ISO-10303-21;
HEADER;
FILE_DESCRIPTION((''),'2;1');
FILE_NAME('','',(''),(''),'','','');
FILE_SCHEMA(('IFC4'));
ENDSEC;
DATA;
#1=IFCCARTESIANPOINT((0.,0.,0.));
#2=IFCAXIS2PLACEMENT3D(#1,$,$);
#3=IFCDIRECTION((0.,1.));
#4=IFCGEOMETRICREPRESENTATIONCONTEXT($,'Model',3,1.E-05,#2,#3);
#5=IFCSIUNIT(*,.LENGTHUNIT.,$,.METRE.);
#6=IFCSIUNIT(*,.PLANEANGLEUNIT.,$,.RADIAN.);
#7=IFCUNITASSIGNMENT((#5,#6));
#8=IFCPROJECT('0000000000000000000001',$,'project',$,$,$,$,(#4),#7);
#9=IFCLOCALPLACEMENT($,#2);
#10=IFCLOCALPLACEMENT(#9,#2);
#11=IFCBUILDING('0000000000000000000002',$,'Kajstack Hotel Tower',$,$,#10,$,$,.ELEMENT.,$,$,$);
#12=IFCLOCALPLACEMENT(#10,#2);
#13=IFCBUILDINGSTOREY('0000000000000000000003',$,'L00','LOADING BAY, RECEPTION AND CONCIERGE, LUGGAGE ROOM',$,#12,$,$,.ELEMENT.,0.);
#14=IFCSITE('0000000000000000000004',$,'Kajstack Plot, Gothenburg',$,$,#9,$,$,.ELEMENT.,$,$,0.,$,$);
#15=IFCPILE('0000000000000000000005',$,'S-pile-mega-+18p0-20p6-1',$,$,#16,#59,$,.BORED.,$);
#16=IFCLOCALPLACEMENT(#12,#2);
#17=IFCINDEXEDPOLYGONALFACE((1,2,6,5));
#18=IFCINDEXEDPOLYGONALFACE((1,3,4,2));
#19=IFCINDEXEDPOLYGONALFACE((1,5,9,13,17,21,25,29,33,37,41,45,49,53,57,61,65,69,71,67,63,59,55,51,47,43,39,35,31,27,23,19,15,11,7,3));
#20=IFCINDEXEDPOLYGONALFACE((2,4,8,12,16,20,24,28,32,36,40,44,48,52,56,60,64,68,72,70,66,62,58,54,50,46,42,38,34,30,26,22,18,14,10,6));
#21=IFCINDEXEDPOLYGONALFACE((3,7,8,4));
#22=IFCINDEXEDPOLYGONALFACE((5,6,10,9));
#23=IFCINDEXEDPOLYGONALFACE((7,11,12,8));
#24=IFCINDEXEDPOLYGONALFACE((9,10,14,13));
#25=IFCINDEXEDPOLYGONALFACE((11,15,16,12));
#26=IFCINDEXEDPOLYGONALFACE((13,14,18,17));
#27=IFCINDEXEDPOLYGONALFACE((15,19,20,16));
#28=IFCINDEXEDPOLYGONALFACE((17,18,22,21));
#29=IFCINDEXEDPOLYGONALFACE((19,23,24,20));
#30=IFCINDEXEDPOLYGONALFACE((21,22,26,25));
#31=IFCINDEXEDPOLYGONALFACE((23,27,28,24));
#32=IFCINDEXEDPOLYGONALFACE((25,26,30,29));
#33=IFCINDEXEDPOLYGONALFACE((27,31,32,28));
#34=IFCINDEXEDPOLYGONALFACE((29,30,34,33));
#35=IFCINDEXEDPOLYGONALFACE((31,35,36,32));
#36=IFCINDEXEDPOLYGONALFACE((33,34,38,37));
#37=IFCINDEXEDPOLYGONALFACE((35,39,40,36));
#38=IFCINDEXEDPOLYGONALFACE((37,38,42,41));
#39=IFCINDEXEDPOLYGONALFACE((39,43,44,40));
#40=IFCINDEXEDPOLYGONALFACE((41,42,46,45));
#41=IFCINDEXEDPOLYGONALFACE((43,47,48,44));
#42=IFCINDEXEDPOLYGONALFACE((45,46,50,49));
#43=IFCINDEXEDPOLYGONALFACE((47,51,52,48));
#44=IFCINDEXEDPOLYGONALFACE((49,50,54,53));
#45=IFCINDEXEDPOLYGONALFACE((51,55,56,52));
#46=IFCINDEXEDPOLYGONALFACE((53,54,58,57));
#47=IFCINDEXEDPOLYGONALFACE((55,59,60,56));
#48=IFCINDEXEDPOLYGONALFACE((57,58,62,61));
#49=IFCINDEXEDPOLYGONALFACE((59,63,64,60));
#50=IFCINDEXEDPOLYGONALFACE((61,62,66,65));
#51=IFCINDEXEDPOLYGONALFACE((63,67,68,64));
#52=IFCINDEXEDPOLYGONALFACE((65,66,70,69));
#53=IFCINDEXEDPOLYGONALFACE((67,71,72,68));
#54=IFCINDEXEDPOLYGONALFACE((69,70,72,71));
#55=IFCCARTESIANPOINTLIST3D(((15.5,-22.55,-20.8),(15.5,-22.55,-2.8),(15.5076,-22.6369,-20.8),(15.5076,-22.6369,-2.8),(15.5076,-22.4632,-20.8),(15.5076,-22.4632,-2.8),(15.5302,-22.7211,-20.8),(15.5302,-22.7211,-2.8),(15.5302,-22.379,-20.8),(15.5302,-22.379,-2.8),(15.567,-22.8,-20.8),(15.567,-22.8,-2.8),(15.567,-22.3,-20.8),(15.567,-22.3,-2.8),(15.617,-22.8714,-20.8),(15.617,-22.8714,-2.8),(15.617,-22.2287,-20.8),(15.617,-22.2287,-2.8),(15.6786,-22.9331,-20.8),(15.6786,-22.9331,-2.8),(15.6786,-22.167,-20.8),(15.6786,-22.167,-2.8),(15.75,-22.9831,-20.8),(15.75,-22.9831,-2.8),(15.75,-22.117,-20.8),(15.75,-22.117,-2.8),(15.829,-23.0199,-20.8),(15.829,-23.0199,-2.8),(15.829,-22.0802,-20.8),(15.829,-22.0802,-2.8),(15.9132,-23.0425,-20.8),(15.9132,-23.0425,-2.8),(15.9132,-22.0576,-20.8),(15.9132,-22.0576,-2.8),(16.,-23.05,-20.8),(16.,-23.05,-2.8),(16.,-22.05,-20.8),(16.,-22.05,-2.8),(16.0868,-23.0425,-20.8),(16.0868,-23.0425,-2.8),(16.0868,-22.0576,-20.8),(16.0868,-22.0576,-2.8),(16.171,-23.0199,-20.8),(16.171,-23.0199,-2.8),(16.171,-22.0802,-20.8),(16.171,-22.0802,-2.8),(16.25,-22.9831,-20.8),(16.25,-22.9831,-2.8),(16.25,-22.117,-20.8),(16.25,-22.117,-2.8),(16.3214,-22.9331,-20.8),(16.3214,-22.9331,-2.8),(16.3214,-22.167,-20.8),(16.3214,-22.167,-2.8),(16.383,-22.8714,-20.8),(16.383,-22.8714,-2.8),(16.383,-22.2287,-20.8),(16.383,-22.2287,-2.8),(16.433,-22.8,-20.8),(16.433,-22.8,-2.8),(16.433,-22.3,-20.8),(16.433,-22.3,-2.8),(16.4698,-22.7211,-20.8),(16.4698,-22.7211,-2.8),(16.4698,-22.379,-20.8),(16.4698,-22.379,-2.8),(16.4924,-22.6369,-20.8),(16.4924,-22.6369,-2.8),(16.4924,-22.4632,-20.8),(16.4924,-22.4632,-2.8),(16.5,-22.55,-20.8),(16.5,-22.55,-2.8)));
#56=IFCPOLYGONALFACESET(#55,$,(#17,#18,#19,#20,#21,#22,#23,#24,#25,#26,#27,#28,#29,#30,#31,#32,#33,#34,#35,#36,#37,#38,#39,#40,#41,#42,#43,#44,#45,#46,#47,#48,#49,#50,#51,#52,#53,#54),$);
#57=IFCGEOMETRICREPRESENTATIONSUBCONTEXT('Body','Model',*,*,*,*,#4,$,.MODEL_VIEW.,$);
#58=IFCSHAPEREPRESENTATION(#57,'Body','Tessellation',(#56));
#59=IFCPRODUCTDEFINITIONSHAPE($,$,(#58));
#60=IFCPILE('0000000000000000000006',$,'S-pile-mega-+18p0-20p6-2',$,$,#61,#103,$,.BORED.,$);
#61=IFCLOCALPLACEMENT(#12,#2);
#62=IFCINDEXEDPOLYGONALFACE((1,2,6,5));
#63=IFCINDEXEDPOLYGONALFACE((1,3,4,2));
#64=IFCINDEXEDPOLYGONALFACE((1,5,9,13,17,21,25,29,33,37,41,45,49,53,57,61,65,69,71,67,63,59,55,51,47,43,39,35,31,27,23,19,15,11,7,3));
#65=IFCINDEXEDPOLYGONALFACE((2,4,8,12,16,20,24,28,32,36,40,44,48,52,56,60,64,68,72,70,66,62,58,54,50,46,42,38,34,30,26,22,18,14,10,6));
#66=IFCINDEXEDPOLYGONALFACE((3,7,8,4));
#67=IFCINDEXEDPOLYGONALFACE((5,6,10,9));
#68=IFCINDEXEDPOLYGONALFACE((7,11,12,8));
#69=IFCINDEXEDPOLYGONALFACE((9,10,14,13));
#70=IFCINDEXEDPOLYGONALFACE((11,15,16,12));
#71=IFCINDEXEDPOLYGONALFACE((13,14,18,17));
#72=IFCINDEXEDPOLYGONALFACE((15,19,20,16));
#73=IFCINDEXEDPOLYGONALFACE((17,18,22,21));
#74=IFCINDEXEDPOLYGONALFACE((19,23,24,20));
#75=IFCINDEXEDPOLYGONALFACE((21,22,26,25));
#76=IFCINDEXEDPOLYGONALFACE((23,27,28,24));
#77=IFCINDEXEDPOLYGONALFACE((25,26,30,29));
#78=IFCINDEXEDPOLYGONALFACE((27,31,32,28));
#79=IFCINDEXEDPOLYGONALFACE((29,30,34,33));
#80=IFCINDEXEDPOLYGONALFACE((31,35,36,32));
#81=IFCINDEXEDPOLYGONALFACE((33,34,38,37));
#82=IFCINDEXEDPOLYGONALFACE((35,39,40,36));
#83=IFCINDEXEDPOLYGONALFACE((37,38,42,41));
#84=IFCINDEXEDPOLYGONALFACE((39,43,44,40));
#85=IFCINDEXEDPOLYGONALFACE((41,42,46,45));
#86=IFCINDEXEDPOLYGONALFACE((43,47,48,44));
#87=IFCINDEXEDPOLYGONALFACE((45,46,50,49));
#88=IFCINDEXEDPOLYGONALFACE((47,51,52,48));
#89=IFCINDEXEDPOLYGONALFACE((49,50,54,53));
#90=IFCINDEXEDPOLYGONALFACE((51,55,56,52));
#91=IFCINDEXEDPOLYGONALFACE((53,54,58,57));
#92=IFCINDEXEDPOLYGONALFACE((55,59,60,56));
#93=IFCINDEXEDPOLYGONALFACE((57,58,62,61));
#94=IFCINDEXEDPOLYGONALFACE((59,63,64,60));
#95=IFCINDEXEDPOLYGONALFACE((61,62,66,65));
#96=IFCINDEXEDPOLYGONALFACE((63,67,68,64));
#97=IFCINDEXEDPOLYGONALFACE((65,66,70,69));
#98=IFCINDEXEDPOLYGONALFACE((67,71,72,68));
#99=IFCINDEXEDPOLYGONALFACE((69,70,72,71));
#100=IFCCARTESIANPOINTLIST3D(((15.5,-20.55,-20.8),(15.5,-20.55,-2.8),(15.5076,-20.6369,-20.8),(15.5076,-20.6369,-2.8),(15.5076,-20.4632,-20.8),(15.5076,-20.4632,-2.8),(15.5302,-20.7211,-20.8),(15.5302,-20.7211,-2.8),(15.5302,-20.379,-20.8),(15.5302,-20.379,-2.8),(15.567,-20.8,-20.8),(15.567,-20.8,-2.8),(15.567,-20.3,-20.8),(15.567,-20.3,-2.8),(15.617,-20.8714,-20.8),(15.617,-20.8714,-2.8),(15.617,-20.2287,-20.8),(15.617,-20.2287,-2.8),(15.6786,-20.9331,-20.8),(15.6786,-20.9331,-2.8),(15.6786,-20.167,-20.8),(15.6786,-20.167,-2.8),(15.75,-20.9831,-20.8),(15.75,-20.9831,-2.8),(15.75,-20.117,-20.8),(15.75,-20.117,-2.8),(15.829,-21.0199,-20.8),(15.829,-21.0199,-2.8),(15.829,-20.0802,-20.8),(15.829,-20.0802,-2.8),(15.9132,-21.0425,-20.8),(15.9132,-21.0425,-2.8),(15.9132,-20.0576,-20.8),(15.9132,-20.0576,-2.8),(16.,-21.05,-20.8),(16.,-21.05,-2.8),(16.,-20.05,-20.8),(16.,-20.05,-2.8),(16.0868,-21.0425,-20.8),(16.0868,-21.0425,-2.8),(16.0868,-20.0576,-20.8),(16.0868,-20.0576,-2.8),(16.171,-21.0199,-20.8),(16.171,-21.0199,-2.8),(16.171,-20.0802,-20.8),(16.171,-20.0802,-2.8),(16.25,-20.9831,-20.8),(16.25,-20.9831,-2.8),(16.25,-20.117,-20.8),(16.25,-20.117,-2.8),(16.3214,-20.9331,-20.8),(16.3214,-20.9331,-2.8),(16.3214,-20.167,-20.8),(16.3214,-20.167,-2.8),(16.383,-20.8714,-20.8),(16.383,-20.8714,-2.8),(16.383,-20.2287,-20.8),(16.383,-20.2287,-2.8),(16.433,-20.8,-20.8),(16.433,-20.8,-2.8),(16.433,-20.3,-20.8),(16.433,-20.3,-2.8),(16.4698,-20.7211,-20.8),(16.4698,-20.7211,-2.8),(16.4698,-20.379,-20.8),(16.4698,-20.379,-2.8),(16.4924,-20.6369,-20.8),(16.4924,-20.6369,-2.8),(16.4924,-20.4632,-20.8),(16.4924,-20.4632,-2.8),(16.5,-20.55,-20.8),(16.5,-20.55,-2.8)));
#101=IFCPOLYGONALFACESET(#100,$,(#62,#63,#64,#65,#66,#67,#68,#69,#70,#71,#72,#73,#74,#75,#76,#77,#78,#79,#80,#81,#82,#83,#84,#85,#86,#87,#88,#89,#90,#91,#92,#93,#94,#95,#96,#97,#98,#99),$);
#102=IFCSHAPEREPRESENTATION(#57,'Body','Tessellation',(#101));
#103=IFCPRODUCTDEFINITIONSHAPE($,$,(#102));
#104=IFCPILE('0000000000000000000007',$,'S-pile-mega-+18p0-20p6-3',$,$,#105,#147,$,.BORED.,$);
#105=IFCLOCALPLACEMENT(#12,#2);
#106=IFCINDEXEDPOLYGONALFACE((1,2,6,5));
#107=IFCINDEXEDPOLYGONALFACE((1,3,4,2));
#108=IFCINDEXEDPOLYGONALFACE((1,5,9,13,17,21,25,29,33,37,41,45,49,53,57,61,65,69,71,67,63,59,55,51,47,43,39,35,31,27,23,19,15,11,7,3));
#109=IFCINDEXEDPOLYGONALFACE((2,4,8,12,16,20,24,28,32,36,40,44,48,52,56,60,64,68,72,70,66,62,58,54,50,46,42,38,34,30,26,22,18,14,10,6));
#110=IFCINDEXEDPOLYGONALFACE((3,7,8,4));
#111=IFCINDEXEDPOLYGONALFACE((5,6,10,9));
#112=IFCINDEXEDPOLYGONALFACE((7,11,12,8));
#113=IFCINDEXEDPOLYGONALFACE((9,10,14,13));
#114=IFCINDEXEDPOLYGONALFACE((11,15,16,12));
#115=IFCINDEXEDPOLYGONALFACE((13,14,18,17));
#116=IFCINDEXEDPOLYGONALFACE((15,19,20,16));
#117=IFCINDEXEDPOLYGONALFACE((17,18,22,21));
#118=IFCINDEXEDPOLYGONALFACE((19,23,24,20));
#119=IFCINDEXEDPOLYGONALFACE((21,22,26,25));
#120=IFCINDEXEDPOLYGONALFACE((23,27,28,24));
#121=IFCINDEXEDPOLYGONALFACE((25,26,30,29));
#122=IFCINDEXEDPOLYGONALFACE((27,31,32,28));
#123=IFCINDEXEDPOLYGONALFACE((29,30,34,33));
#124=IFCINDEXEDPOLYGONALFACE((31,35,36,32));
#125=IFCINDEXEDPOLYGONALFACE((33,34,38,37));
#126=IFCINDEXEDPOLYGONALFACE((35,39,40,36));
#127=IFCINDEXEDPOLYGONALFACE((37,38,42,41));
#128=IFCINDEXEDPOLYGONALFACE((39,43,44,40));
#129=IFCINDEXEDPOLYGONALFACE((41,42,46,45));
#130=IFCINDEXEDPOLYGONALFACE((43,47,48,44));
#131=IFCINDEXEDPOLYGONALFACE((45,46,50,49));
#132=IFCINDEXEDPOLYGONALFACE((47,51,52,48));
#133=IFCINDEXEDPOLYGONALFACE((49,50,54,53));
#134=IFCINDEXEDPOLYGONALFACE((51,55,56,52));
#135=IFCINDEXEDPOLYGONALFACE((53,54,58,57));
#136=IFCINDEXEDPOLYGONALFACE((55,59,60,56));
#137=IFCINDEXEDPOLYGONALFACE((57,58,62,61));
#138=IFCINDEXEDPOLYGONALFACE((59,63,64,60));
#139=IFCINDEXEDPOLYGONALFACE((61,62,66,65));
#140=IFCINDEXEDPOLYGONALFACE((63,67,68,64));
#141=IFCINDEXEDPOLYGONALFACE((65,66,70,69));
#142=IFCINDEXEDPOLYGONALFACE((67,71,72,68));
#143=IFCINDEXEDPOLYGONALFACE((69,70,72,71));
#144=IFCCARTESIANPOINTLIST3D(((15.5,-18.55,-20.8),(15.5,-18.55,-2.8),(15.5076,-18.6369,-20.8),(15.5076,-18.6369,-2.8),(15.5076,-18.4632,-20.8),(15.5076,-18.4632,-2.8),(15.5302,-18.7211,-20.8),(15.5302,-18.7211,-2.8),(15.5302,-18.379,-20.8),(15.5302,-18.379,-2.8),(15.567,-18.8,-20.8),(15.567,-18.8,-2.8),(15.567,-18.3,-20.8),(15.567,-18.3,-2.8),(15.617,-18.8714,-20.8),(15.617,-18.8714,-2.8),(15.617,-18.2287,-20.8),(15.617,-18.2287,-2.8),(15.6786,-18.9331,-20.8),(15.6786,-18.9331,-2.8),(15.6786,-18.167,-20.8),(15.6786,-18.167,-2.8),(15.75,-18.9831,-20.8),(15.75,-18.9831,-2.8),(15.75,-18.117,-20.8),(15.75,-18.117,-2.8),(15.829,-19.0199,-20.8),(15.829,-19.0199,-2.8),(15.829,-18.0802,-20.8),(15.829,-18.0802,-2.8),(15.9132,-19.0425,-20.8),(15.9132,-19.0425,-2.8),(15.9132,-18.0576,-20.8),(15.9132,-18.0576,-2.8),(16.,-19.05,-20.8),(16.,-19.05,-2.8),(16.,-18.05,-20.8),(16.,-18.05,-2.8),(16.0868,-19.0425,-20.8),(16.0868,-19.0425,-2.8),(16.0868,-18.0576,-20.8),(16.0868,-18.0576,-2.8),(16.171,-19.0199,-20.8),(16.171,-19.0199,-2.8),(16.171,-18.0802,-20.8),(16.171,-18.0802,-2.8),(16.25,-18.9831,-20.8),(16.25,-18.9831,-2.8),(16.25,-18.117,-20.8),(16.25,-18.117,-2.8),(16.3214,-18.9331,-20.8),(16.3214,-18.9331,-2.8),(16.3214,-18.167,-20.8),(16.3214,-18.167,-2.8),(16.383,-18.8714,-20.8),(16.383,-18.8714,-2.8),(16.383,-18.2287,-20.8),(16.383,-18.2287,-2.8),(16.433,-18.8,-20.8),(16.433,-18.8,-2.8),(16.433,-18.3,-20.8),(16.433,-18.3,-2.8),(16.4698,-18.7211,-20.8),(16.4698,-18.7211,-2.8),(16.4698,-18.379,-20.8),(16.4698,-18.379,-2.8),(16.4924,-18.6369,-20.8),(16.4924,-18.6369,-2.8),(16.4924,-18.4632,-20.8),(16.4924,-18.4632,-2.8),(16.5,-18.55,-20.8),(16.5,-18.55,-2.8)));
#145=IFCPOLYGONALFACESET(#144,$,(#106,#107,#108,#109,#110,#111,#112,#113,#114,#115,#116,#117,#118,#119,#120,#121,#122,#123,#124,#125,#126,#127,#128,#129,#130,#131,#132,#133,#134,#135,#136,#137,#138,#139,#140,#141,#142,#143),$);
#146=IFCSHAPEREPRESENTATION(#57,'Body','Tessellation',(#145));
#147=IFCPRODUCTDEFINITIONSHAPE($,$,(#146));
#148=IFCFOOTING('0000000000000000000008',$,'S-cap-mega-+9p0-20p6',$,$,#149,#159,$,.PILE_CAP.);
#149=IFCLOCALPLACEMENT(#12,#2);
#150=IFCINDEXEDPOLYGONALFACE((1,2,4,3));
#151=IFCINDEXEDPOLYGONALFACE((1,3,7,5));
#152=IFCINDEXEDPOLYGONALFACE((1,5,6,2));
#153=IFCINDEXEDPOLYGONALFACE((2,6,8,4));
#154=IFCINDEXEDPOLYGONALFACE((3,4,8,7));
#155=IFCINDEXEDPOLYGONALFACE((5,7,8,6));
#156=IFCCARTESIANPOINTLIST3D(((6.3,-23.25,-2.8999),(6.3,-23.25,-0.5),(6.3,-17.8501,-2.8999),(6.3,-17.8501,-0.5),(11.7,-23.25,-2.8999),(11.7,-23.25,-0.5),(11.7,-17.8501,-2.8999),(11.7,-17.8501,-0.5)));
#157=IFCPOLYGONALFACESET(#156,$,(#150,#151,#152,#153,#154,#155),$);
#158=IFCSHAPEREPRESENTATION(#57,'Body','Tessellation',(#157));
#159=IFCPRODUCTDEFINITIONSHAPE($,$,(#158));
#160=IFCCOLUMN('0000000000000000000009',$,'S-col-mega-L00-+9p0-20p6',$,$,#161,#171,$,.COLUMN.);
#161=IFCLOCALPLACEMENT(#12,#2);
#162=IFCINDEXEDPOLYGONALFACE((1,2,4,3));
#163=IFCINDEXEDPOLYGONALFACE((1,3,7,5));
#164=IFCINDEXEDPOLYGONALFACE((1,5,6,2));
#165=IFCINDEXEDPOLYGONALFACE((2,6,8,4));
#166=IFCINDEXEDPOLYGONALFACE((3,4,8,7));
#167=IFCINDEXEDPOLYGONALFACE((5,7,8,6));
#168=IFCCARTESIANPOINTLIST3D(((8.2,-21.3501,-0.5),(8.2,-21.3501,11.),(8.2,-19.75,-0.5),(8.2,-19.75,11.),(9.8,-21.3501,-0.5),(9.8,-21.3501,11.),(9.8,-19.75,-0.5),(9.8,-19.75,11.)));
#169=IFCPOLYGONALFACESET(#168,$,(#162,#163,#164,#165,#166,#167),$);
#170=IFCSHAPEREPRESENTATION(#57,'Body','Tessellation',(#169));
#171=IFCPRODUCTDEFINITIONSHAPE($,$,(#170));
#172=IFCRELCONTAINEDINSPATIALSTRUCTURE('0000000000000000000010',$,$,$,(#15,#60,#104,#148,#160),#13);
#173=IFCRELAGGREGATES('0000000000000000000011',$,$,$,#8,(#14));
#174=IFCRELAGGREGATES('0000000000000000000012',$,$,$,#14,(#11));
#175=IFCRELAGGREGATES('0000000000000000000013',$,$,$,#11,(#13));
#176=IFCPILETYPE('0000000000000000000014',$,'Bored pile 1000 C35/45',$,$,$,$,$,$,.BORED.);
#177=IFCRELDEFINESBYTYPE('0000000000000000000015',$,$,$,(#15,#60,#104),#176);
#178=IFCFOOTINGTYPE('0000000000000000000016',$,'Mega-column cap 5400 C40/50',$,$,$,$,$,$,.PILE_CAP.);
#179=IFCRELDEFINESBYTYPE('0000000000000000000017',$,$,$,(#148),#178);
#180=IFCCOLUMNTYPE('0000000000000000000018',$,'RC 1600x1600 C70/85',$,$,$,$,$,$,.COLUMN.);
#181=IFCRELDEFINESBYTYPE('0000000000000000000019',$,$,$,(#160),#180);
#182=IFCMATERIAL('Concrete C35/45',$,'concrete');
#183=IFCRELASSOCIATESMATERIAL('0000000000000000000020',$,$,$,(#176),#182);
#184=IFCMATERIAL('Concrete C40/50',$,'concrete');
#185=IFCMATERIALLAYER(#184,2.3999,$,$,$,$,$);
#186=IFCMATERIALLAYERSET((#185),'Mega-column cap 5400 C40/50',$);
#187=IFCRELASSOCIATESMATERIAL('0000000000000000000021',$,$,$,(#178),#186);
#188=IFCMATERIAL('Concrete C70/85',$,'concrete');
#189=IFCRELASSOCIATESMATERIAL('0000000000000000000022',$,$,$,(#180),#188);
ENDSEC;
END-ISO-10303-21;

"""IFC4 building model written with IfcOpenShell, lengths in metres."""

from ifc_helpers import new_model, si_unit, direction, frame, origin, origin_2d, place, context, subcontext, project, spatial, rectangle, circle, extrude, material, layer, layer_set, material_profile, profile_set, type_object, element, save


model = new_model("IFC4")

# Units and contexts
model_context = context("Model", 3, precision=1e-05, world=origin(), true_north=direction((0.0, 1.0)))
body_context = subcontext(model_context, "Body", "Model", "MODEL_VIEW")
ifc_project = project(units=[si_unit("LENGTHUNIT", "METRE"), si_unit("PLANEANGLEUNIT", "RADIAN")], contexts=[model_context])

# Site, building, storey
site_placement = place(None, origin())
site = spatial("IfcSite", under=ifc_project, at=site_placement, Name="Kajstack Plot, Gothenburg", CompositionType="ELEMENT", RefElevation=0.0)
building_placement = place(site_placement, origin())
building = spatial("IfcBuilding", under=site, at=building_placement, Name="Kajstack Hotel Tower", CompositionType="ELEMENT")
storey_placement = place(building_placement, origin())
storey = spatial("IfcBuildingStorey", under=building, at=storey_placement, Name="L00", Description="LOADING BAY, RECEPTION AND CONCIERGE, LUGGAGE ROOM", CompositionType="ELEMENT", Elevation=0.0)

# Piles
ifc_material_1 = material(Name="Concrete C35/45", Category="concrete")
ifc_material_profile_1 = material_profile(ifc_material_1, circle(Radius=0.5, at=origin_2d()), Name="RC round 1000")
ifc_profile_set_1 = profile_set([ifc_material_profile_1], Name="Concrete C35/45")
pile_type = type_object("IfcPileType", Name="Bored pile 1000 C35/45", PredefinedType="BORED", material=ifc_profile_set_1)
for number, where, z_axis, x_axis, name in (
    (1, (16.0, -22.55, -2.8), (0.0, 0.0, -1.0), (1.0, 0.0, 0.0), "S-pile-mega-+18p0-20p6-1"),
    (2, (16.0, -20.55, -2.8), (0.0, 0.0, -1.0), (1.0, 0.0, 0.0), "S-pile-mega-+18p0-20p6-2"),
    (3, (16.0, -18.55, -2.8), (0.0, 0.0, -1.0), (1.0, 0.0, 0.0), "S-pile-mega-+18p0-20p6-3"),
):
    element("IfcPile", number, at=place(storey_placement, frame(where, z_axis=z_axis, x_axis=x_axis)), inside=storey, type_object=pile_type, Name=name, PredefinedType="BORED", context=body_context, shape_type="SweptSolid", body=[
        extrude(circle(Radius=0.5, at=origin_2d()), origin(), (0.0, 0.0, 1.0), 18.0),
    ])

# Footing
ifc_material_2 = material(Name="Concrete C40/50", Category="concrete")
ifc_layer = layer(ifc_material_2, 2.3999)
ifc_layer_set = layer_set([ifc_layer], Name="Mega-column cap 5400 C40/50")
footing_type = type_object("IfcFootingType", Name="Mega-column cap 5400 C40/50", PredefinedType="PILE_CAP", material=ifc_layer_set)
footing_placement = place(storey_placement, frame((9.0, -20.55, -2.8999), z_axis=(0.0, 0.0, 1.0), x_axis=(1.0, 0.0, 0.0)))
element("IfcFooting", 4, at=footing_placement, inside=storey, type_object=footing_type, Name="S-cap-mega-+9p0-20p6", PredefinedType="PILE_CAP", context=body_context, shape_type="SweptSolid", body=[
    extrude(rectangle(XDim=5.3999, YDim=5.3999, at=origin_2d()), origin(), (0.0, 0.0, 1.0), 2.3999),
])

# Column
ifc_material_3 = material(Name="Concrete C70/85", Category="concrete")
ifc_material_profile_2 = material_profile(ifc_material_3, rectangle(XDim=1.6001, YDim=1.6001, at=origin_2d()), Name="RC 1600x1600")
ifc_profile_set_2 = profile_set([ifc_material_profile_2], Name="Concrete C70/85")
column_type = type_object("IfcColumnType", Name="RC 1600x1600 C70/85", PredefinedType="COLUMN", material=ifc_profile_set_2)
column_placement = place(storey_placement, frame((9.0, -20.55, -0.5), z_axis=(0.0, 0.0, 1.0), x_axis=(1.0, 0.0, 0.0)))
element("IfcColumn", 5, at=column_placement, inside=storey, type_object=column_type, Name="S-col-mega-L00-+9p0-20p6", PredefinedType="COLUMN", context=body_context, shape_type="SweptSolid", body=[
    extrude(rectangle(XDim=1.6001, YDim=1.6001, at=origin_2d()), origin(), (0.0, 0.0, 1.0), 11.5),
])

save(model, "model.ifc")
